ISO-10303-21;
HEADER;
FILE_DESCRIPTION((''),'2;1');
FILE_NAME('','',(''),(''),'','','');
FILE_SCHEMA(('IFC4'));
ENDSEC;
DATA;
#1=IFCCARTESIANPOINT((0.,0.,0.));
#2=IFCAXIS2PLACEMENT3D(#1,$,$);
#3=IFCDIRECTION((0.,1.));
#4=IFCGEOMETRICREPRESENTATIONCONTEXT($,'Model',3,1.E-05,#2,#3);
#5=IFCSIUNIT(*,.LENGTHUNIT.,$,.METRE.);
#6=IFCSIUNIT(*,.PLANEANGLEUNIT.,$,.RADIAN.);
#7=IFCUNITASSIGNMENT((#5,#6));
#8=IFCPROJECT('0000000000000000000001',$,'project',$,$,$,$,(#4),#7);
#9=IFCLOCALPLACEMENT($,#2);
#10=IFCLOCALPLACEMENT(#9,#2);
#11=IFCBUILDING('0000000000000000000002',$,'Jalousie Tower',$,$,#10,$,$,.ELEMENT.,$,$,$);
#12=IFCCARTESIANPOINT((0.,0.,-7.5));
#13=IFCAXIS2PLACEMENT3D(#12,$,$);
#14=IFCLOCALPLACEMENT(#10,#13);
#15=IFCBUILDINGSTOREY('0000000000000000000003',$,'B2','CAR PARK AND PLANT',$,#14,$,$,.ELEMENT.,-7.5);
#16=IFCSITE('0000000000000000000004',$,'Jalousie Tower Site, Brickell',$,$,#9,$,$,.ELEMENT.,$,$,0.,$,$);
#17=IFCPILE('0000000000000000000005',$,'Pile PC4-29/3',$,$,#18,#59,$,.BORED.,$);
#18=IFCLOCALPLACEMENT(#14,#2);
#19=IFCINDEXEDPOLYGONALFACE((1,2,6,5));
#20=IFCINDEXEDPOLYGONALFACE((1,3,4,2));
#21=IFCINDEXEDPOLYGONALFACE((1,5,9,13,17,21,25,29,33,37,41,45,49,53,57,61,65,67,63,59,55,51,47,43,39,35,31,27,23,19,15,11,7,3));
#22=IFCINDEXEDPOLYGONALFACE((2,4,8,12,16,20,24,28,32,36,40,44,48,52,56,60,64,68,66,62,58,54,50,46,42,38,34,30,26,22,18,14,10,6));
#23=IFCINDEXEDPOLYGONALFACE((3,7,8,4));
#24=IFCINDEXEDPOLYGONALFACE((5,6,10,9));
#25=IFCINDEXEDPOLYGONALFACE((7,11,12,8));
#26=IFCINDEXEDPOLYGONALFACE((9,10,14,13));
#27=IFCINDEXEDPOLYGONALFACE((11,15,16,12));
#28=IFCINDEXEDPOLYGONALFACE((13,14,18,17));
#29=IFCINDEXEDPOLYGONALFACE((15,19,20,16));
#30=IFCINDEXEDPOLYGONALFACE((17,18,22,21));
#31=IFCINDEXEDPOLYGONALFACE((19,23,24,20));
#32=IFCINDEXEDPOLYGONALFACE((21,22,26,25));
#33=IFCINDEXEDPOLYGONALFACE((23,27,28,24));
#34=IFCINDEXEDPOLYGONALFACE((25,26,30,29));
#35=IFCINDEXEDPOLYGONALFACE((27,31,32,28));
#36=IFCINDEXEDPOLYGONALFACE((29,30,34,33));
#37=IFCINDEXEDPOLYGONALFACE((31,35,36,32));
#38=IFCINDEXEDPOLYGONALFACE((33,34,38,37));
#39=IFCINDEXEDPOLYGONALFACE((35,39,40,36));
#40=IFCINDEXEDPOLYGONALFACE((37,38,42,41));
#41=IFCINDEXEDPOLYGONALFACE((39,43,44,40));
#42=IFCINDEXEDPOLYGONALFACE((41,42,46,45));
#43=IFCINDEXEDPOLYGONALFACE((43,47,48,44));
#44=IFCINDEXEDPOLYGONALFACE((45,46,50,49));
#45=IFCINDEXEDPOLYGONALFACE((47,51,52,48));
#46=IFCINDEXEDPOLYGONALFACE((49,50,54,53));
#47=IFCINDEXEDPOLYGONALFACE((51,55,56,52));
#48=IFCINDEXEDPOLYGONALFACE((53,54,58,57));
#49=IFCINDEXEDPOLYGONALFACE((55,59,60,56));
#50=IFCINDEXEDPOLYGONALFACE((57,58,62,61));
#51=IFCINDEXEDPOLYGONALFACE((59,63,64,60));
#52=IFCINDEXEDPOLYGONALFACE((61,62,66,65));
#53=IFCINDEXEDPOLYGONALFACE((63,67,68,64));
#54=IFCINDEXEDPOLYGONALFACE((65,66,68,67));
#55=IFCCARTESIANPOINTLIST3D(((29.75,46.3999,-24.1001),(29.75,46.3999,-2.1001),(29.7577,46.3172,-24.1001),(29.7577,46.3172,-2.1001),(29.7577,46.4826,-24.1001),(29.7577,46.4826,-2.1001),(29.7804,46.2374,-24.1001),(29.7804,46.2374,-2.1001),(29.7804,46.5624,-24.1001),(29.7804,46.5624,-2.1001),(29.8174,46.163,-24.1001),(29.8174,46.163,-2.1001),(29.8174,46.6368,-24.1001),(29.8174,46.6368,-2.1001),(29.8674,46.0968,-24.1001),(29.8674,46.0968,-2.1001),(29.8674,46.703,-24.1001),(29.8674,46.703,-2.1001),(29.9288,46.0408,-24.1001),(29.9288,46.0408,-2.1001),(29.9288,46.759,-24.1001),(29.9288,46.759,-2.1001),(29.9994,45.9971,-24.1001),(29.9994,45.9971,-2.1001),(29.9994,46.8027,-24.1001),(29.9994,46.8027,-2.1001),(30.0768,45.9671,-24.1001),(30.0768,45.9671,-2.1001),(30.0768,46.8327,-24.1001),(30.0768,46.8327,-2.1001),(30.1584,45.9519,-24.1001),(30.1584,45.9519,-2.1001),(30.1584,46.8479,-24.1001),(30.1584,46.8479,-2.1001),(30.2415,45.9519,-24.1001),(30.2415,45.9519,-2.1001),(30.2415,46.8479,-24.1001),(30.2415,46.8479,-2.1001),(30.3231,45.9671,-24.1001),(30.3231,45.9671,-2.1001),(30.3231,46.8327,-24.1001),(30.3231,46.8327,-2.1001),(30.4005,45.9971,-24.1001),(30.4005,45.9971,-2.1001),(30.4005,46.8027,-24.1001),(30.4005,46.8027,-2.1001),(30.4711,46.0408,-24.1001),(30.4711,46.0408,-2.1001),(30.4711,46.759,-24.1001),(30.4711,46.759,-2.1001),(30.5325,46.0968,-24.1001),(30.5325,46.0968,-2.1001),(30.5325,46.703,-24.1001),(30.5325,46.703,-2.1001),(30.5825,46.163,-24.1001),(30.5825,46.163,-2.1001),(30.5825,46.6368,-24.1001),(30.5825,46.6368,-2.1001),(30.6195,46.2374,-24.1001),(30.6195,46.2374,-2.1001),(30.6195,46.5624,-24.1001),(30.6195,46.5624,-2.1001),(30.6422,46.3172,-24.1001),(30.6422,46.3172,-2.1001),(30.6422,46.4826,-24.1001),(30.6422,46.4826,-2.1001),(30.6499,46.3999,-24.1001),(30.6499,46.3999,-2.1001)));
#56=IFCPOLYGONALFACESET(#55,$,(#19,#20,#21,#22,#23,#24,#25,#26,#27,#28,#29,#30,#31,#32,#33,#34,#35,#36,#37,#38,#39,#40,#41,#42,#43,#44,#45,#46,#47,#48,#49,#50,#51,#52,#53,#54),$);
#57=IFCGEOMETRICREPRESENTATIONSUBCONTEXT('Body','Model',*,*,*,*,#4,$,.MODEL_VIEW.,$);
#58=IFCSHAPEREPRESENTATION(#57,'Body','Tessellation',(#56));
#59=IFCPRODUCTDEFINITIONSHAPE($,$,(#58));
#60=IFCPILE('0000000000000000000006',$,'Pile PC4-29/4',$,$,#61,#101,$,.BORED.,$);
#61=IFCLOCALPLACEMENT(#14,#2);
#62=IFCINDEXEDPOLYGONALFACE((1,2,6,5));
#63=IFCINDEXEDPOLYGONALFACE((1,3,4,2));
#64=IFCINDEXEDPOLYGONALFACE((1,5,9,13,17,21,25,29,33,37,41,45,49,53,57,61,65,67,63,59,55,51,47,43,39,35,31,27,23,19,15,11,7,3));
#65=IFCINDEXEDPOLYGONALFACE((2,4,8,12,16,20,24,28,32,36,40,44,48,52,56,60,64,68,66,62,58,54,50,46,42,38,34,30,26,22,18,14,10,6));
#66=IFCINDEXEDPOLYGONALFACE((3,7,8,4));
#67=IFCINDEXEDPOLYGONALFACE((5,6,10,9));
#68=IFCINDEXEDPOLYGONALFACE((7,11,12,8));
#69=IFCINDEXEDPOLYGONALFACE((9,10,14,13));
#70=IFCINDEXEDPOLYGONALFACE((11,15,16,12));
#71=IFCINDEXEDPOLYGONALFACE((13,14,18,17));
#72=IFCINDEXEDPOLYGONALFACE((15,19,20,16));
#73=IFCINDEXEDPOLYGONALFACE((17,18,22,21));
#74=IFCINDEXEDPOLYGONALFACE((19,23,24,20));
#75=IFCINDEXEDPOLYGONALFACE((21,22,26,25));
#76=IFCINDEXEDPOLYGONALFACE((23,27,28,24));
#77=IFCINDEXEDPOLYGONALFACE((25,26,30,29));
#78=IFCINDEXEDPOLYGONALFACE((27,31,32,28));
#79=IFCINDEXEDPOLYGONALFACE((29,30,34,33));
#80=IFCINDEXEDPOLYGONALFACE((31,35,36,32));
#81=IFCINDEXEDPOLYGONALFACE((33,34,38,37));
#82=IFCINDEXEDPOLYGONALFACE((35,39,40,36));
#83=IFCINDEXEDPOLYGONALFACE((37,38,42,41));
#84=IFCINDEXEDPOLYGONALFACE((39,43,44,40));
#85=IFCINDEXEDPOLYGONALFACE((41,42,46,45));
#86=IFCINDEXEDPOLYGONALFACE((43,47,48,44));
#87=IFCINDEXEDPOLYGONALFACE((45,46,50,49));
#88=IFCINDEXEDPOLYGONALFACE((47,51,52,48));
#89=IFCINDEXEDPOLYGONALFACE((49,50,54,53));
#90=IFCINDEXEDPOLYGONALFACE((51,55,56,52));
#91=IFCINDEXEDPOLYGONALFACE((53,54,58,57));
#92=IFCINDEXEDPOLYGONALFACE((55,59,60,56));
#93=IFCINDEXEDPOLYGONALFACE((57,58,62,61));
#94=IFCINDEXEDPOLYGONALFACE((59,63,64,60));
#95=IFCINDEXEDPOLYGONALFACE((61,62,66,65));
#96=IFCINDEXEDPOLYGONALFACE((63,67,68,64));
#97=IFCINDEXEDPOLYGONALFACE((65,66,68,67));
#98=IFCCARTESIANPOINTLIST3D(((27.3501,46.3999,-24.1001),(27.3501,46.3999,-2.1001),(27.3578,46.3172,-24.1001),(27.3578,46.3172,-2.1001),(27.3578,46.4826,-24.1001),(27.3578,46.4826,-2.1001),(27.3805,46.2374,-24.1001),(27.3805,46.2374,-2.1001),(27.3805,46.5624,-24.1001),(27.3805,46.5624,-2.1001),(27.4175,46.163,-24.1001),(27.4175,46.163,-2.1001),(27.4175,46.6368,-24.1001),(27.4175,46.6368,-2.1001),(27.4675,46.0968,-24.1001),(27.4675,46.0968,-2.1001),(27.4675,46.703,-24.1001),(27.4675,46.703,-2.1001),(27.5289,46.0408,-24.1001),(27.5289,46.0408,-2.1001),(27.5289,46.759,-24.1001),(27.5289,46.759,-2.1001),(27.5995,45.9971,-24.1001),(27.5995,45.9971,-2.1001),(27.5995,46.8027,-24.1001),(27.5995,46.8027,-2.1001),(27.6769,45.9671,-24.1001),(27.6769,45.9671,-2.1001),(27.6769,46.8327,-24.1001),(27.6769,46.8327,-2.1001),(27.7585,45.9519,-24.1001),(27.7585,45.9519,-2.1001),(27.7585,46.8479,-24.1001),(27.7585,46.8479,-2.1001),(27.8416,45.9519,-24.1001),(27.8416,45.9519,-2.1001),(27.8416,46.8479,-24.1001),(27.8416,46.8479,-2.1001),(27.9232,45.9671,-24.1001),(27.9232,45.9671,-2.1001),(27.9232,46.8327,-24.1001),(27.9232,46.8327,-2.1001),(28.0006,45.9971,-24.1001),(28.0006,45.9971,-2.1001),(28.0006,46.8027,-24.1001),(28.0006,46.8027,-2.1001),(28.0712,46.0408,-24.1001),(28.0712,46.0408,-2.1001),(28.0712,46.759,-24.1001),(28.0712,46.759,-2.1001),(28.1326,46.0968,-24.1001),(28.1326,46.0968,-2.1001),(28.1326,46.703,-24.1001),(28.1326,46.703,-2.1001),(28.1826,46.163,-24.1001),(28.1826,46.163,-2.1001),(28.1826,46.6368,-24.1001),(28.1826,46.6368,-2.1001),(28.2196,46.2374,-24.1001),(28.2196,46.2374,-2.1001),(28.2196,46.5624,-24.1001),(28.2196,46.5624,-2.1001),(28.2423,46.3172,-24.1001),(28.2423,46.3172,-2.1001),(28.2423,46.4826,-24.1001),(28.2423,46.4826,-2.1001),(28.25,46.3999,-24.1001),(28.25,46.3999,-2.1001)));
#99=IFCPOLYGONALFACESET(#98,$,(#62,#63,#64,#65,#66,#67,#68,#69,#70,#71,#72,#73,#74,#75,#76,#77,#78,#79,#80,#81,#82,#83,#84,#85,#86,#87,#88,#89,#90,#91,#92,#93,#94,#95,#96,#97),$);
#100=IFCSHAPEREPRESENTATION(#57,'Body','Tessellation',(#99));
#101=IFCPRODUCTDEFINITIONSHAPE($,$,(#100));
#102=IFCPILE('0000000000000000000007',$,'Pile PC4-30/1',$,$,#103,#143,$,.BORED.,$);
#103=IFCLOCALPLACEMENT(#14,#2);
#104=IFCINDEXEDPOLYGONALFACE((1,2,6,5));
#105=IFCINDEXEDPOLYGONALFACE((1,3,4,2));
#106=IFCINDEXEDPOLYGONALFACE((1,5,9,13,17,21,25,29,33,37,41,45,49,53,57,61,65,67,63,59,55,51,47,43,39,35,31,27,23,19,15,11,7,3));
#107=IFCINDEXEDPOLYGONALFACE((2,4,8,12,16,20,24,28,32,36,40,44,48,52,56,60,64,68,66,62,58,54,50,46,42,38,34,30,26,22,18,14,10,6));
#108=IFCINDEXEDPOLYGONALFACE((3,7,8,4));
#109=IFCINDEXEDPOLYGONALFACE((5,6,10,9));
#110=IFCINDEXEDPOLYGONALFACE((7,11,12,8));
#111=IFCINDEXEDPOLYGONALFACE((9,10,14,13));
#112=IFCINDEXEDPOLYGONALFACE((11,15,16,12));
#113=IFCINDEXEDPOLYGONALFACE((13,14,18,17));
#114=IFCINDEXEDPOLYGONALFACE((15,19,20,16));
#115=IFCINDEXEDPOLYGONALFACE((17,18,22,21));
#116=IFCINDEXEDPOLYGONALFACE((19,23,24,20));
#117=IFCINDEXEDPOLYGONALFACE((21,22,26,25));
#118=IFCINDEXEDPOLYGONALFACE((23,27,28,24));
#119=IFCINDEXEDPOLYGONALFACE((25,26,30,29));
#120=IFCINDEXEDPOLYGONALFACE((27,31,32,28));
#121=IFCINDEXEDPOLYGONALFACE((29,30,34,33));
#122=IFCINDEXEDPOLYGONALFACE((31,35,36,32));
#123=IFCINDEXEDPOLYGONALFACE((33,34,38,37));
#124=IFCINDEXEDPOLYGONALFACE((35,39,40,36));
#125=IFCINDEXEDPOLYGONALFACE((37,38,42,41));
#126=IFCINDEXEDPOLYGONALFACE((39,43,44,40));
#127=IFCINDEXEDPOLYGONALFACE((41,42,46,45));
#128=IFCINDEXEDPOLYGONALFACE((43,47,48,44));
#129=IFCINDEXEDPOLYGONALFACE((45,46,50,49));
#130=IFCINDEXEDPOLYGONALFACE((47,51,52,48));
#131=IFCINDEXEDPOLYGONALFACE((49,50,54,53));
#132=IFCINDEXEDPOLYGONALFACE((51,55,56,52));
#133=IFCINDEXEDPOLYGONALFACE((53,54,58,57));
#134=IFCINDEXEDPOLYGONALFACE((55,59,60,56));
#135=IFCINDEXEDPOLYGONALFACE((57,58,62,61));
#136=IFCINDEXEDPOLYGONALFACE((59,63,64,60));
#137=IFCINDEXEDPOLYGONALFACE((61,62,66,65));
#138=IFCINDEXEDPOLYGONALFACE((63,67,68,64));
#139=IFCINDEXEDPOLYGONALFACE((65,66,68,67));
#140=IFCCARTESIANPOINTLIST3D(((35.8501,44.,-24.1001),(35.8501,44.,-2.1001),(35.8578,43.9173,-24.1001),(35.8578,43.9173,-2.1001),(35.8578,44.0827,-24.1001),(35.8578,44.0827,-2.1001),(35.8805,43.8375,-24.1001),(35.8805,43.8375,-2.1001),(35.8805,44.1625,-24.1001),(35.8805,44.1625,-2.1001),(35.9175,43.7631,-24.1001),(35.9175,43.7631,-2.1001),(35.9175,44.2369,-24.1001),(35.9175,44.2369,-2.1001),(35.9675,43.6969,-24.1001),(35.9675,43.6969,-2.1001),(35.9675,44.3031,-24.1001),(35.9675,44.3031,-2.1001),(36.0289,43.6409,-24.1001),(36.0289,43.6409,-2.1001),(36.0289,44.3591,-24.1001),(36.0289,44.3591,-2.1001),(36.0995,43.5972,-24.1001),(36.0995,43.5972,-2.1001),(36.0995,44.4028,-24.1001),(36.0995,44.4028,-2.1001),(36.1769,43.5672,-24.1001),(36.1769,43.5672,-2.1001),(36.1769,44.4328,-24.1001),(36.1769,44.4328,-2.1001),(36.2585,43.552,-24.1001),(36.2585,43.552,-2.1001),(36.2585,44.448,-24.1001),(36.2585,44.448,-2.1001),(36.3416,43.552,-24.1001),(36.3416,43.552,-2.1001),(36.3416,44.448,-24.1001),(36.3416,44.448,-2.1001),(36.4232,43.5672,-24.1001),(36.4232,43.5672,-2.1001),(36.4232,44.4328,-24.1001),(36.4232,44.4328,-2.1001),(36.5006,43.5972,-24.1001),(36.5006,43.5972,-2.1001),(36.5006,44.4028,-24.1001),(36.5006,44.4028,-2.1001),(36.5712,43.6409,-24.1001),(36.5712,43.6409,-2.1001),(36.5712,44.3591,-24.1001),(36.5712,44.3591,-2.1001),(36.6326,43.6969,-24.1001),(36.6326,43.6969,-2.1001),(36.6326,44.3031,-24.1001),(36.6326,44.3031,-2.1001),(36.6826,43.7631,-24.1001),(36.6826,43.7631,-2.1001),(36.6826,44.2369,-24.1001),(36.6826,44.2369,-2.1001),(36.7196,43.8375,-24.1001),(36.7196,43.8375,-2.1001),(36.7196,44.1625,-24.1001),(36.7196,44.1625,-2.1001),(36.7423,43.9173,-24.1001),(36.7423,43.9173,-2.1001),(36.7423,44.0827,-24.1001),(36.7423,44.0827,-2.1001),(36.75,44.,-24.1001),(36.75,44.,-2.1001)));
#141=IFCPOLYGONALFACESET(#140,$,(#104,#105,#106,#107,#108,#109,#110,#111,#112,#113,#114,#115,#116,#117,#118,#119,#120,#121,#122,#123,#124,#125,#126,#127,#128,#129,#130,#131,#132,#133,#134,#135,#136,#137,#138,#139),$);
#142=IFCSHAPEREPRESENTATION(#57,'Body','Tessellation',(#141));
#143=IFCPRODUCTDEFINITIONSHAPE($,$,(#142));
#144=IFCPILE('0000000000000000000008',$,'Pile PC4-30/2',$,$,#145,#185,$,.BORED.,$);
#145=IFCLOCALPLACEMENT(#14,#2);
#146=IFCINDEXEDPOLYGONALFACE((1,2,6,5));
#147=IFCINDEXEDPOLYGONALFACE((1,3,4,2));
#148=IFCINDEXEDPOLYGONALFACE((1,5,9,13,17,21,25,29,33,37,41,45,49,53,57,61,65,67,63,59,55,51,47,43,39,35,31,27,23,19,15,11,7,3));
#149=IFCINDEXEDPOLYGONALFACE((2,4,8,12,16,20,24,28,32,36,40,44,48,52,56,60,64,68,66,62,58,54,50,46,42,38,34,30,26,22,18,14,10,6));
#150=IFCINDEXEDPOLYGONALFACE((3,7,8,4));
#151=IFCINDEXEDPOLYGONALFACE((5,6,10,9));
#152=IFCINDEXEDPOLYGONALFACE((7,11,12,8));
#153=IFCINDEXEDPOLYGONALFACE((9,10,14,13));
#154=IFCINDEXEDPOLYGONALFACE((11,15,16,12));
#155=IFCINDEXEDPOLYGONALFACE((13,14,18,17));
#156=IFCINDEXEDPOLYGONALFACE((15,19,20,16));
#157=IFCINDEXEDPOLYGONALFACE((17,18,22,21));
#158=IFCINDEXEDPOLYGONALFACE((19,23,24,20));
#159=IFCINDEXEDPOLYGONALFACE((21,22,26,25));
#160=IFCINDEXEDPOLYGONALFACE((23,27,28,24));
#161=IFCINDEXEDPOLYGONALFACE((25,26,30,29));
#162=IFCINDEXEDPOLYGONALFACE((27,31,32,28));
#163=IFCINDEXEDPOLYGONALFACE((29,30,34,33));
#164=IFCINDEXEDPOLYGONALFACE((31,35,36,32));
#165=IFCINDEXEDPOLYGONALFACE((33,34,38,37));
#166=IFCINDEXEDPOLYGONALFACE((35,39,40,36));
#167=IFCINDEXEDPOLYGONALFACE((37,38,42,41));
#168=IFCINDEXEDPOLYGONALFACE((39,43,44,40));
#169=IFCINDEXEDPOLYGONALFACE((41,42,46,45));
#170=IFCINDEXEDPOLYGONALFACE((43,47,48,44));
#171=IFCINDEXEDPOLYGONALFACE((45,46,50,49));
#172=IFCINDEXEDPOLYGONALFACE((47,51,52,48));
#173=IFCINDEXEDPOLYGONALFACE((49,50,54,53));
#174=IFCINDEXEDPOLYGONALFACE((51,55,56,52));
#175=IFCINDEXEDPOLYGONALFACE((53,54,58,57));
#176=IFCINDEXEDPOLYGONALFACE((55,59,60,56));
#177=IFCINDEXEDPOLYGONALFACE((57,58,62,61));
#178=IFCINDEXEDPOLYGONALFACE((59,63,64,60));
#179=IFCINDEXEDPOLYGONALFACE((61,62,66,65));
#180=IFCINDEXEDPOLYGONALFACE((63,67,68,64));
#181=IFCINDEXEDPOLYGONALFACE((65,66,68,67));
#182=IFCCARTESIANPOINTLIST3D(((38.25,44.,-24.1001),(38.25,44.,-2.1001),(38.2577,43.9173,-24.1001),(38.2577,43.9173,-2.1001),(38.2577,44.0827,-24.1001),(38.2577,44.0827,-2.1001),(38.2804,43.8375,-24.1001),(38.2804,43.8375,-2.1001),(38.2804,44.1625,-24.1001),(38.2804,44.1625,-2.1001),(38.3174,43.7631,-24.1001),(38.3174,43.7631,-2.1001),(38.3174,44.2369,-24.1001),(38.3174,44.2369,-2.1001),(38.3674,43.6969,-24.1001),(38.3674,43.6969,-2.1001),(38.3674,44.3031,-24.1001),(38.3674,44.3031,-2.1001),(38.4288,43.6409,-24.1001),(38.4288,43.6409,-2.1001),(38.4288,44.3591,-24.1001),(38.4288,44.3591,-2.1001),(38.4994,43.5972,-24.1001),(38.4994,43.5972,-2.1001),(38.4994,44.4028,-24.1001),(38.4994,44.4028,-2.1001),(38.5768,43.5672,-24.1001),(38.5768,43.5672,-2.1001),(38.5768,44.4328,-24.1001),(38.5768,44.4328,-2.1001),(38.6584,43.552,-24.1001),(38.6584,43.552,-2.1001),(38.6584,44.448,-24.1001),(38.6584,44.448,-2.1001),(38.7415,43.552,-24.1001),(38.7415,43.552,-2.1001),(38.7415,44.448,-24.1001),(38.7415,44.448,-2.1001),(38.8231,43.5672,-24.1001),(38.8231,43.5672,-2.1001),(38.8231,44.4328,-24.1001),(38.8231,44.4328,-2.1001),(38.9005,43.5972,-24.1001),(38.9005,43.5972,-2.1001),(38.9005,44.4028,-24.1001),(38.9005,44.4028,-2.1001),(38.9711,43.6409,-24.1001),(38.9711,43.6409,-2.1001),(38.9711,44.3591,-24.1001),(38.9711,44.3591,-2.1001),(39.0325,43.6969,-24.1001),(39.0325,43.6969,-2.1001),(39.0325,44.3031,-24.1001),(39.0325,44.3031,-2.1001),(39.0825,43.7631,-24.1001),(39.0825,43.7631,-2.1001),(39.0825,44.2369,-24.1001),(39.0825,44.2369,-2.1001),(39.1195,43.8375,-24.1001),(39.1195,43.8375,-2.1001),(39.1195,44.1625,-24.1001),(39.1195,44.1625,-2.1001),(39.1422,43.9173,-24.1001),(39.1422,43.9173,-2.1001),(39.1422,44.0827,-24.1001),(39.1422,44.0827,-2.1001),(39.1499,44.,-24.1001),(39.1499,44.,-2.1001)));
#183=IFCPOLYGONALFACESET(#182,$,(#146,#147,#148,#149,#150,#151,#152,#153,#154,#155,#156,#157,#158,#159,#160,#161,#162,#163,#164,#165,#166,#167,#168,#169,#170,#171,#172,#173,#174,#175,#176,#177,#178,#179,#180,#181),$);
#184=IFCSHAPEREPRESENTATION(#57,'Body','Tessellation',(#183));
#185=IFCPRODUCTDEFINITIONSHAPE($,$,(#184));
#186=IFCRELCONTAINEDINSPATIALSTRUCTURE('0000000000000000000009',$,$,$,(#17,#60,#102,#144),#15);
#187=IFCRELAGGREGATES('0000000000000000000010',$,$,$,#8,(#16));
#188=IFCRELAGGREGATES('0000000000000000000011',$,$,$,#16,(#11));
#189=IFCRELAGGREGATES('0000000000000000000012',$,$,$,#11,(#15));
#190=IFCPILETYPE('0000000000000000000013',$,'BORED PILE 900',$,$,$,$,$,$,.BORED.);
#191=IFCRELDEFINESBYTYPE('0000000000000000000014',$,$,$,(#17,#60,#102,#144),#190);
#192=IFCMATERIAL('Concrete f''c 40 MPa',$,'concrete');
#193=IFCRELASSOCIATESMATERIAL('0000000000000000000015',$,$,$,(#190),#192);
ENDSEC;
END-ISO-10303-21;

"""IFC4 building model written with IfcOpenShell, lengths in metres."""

from ifc_helpers import new_model, si_unit, direction, frame, origin, origin_2d, place, context, subcontext, project, spatial, circle, extrude, material, material_profile, profile_set, type_object, element, save


model = new_model("IFC4")

# Units and contexts
model_context = context("Model", 3, precision=1e-05, world=origin(), true_north=direction((0.0, 1.0)))
body_context = subcontext(model_context, "Body", "Model", "MODEL_VIEW")
ifc_project = project(units=[si_unit("LENGTHUNIT", "METRE"), si_unit("PLANEANGLEUNIT", "RADIAN")], contexts=[model_context])

# Site, building, storey
site_placement = place(None, origin())
site = spatial("IfcSite", under=ifc_project, at=site_placement, Name="Jalousie Tower Site, Brickell", CompositionType="ELEMENT", RefElevation=0.0)
building_placement = place(site_placement, origin())
building = spatial("IfcBuilding", under=site, at=building_placement, Name="Jalousie Tower", CompositionType="ELEMENT")
storey_placement = place(building_placement, frame((0.0, 0.0, -7.5)))
storey = spatial("IfcBuildingStorey", under=building, at=storey_placement, Name="B2", Description="CAR PARK AND PLANT", CompositionType="ELEMENT", Elevation=-7.5)

# Piles
ifc_material_1 = material(Name="Concrete f'c 40 MPa", Category="concrete")
ifc_material_profile_1 = material_profile(ifc_material_1, circle(Radius=0.45, at=origin_2d()), Name="BORED PILE D900")
ifc_profile_set_1 = profile_set([ifc_material_profile_1], Name="Concrete f'c 40 MPa")
pile_type_1 = type_object("IfcPileType", Name="BORED PILE 900", PredefinedType="BORED", material=ifc_profile_set_1)
for number, where, z_axis, x_axis, name in (
    (1, (30.2, 46.3999, -2.1001), (0.0, 0.0, -1.0), (1.0, 0.0, 0.0), "Pile PC4-29/3"),
    (2, (27.8, 46.3999, -2.1001), (0.0, 0.0, -1.0), (1.0, 0.0, 0.0), "Pile PC4-29/4"),
    (3, (36.3, 44.0, -2.1001), (0.0, 0.0, -1.0), (1.0, 0.0, 0.0), "Pile PC4-30/1"),
    (4, (38.7, 44.0, -2.1001), (0.0, 0.0, -1.0), (1.0, 0.0, 0.0), "Pile PC4-30/2"),
):
    element("IfcPile", number, at=place(storey_placement, frame(where, z_axis=z_axis, x_axis=x_axis)), inside=storey, type_object=pile_type_1, Name=name, PredefinedType="BORED", context=body_context, shape_type="SweptSolid", body=[
        extrude(circle(Radius=0.45, at=origin_2d()), origin(), (0.0, 0.0, 1.0), 22.0),
    ])

save(model, "model.ifc")
